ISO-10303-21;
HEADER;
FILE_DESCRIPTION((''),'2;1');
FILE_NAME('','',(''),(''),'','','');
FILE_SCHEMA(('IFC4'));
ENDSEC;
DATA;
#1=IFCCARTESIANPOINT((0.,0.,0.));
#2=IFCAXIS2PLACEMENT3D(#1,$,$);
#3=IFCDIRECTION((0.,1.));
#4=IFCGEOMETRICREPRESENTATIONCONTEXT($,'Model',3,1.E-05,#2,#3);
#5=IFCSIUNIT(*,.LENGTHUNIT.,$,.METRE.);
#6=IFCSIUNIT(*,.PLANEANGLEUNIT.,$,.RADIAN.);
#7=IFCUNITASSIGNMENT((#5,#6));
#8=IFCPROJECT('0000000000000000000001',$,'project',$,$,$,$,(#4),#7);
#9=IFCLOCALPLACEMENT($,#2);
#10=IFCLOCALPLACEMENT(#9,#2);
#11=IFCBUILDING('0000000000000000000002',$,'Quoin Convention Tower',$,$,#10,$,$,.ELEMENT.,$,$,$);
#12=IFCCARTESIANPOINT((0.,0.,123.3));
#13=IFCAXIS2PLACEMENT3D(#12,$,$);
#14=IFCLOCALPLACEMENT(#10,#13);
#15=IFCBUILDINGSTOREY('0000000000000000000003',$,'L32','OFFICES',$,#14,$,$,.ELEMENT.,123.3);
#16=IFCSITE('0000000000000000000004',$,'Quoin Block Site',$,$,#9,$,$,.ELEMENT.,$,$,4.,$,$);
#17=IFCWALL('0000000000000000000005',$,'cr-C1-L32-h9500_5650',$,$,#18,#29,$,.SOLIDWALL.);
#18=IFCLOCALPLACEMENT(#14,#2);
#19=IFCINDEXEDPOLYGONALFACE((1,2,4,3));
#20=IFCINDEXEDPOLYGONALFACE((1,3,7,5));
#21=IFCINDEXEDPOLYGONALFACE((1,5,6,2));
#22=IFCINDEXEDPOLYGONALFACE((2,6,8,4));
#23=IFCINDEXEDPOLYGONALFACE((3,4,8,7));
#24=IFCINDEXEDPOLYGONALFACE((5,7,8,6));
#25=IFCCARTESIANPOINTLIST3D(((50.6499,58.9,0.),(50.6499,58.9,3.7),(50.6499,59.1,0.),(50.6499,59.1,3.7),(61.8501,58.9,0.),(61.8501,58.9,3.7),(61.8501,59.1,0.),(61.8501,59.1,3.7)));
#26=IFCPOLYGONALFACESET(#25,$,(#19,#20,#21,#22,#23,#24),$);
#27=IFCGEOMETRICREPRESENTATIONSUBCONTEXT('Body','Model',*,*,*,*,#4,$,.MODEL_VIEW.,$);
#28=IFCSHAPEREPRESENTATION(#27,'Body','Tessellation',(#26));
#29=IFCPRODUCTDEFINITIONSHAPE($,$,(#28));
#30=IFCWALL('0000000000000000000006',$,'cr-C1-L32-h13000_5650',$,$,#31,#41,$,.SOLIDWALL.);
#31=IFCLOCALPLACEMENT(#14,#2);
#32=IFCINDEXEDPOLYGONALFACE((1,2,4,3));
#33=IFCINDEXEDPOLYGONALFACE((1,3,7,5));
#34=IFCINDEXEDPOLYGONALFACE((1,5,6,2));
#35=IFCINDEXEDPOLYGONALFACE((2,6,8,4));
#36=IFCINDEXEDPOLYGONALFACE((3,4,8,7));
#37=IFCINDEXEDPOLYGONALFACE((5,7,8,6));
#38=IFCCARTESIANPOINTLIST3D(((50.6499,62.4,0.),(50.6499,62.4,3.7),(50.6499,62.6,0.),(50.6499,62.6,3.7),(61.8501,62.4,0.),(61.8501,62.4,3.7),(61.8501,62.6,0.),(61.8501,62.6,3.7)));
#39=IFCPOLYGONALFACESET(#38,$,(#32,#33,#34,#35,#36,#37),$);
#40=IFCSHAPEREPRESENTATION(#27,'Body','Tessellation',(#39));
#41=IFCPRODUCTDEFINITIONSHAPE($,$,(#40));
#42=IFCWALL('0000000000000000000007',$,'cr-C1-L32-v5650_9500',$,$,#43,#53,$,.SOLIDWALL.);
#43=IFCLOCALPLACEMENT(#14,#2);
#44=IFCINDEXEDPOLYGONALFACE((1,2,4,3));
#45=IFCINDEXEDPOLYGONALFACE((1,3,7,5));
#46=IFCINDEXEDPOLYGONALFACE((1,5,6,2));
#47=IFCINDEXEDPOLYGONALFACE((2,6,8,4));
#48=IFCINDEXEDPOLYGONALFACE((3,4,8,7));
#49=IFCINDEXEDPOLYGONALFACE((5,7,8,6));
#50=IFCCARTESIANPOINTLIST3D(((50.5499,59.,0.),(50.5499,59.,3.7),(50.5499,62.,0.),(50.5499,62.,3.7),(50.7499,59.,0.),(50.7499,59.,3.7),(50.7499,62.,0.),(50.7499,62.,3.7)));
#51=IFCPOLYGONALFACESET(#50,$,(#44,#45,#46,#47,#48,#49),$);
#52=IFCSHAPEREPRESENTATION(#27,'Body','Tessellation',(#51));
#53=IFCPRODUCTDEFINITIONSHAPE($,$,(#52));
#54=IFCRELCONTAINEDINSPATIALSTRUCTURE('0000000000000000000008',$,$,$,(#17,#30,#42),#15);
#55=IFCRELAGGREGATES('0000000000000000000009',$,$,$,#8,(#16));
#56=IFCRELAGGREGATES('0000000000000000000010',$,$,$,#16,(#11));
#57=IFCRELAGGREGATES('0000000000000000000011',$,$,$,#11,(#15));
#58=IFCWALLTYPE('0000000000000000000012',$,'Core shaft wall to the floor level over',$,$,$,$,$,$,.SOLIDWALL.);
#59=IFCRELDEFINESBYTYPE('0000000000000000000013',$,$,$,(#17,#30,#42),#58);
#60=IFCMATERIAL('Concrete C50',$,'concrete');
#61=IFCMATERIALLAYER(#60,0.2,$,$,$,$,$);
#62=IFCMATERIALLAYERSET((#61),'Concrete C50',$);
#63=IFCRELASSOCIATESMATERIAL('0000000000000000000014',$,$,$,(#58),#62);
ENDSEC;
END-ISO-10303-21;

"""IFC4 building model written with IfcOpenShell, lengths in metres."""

from ifc_helpers import new_model, si_unit, direction, frame, frame_2d, origin, place, context, subcontext, project, spatial, rectangle, extrude, material, layer, layer_set, type_object, element, save


model = new_model("IFC4")

# Units and contexts
model_context = context("Model", 3, precision=1e-05, world=origin(), true_north=direction((0.0, 1.0)))
body_context = subcontext(model_context, "Body", "Model", "MODEL_VIEW")
ifc_project = project(units=[si_unit("LENGTHUNIT", "METRE"), si_unit("PLANEANGLEUNIT", "RADIAN")], contexts=[model_context])

# Site, building, storey
site_placement = place(None, origin())
site = spatial("IfcSite", under=ifc_project, at=site_placement, Name="Quoin Block Site", CompositionType="ELEMENT", RefElevation=4.0)
building_placement = place(site_placement, origin())
building = spatial("IfcBuilding", under=site, at=building_placement, Name="Quoin Convention Tower", CompositionType="ELEMENT")
storey_placement = place(building_placement, frame((0.0, 0.0, 123.3)))
storey = spatial("IfcBuildingStorey", under=building, at=storey_placement, Name="L32", Description="OFFICES", CompositionType="ELEMENT", Elevation=123.3)

# Shared definitions
ifc_material_1 = material(Name="Concrete C50", Category="concrete")

# Walls
ifc_layer_1 = layer(ifc_material_1, 0.2)
ifc_layer_set_1 = layer_set([ifc_layer_1], Name="Concrete C50")
wall_type_1 = type_object("IfcWallType", Name="Core shaft wall to the floor level over", PredefinedType="SOLIDWALL", material=ifc_layer_set_1)
for number, where, z_axis, x_axis, name in (
    (1, (50.6499, 59.0, 0.0), (0.0, 0.0, 1.0), (1.0, 0.0, 0.0), "cr-C1-L32-h9500_5650"),
    (2, (50.6499, 62.5, 0.0), (0.0, 0.0, 1.0), (1.0, 0.0, 0.0), "cr-C1-L32-h13000_5650"),
):
    element("IfcWall", number, at=place(storey_placement, frame(where, z_axis=z_axis, x_axis=x_axis)), inside=storey, type_object=wall_type_1, Name=name, PredefinedType="SOLIDWALL", context=body_context, shape_type="SweptSolid", body=[
        extrude(rectangle(XDim=11.2002, YDim=0.2, at=frame_2d((5.6001, 0.0))), origin(), (0.0, 0.0, 1.0), 3.7),
    ])
wall_1_placement = place(storey_placement, frame((50.6499, 59.0, 0.0), z_axis=(0.0, 0.0, 1.0), x_axis=(0.0, 1.0, 0.0)))
element("IfcWall", 3, at=wall_1_placement, inside=storey, type_object=wall_type_1, Name="cr-C1-L32-v5650_9500", PredefinedType="SOLIDWALL", context=body_context, shape_type="SweptSolid", body=[
    extrude(rectangle(XDim=3.0, YDim=0.2, at=frame_2d((1.5, 0.0))), origin(), (0.0, 0.0, 1.0), 3.7),
])

save(model, "model.ifc")
